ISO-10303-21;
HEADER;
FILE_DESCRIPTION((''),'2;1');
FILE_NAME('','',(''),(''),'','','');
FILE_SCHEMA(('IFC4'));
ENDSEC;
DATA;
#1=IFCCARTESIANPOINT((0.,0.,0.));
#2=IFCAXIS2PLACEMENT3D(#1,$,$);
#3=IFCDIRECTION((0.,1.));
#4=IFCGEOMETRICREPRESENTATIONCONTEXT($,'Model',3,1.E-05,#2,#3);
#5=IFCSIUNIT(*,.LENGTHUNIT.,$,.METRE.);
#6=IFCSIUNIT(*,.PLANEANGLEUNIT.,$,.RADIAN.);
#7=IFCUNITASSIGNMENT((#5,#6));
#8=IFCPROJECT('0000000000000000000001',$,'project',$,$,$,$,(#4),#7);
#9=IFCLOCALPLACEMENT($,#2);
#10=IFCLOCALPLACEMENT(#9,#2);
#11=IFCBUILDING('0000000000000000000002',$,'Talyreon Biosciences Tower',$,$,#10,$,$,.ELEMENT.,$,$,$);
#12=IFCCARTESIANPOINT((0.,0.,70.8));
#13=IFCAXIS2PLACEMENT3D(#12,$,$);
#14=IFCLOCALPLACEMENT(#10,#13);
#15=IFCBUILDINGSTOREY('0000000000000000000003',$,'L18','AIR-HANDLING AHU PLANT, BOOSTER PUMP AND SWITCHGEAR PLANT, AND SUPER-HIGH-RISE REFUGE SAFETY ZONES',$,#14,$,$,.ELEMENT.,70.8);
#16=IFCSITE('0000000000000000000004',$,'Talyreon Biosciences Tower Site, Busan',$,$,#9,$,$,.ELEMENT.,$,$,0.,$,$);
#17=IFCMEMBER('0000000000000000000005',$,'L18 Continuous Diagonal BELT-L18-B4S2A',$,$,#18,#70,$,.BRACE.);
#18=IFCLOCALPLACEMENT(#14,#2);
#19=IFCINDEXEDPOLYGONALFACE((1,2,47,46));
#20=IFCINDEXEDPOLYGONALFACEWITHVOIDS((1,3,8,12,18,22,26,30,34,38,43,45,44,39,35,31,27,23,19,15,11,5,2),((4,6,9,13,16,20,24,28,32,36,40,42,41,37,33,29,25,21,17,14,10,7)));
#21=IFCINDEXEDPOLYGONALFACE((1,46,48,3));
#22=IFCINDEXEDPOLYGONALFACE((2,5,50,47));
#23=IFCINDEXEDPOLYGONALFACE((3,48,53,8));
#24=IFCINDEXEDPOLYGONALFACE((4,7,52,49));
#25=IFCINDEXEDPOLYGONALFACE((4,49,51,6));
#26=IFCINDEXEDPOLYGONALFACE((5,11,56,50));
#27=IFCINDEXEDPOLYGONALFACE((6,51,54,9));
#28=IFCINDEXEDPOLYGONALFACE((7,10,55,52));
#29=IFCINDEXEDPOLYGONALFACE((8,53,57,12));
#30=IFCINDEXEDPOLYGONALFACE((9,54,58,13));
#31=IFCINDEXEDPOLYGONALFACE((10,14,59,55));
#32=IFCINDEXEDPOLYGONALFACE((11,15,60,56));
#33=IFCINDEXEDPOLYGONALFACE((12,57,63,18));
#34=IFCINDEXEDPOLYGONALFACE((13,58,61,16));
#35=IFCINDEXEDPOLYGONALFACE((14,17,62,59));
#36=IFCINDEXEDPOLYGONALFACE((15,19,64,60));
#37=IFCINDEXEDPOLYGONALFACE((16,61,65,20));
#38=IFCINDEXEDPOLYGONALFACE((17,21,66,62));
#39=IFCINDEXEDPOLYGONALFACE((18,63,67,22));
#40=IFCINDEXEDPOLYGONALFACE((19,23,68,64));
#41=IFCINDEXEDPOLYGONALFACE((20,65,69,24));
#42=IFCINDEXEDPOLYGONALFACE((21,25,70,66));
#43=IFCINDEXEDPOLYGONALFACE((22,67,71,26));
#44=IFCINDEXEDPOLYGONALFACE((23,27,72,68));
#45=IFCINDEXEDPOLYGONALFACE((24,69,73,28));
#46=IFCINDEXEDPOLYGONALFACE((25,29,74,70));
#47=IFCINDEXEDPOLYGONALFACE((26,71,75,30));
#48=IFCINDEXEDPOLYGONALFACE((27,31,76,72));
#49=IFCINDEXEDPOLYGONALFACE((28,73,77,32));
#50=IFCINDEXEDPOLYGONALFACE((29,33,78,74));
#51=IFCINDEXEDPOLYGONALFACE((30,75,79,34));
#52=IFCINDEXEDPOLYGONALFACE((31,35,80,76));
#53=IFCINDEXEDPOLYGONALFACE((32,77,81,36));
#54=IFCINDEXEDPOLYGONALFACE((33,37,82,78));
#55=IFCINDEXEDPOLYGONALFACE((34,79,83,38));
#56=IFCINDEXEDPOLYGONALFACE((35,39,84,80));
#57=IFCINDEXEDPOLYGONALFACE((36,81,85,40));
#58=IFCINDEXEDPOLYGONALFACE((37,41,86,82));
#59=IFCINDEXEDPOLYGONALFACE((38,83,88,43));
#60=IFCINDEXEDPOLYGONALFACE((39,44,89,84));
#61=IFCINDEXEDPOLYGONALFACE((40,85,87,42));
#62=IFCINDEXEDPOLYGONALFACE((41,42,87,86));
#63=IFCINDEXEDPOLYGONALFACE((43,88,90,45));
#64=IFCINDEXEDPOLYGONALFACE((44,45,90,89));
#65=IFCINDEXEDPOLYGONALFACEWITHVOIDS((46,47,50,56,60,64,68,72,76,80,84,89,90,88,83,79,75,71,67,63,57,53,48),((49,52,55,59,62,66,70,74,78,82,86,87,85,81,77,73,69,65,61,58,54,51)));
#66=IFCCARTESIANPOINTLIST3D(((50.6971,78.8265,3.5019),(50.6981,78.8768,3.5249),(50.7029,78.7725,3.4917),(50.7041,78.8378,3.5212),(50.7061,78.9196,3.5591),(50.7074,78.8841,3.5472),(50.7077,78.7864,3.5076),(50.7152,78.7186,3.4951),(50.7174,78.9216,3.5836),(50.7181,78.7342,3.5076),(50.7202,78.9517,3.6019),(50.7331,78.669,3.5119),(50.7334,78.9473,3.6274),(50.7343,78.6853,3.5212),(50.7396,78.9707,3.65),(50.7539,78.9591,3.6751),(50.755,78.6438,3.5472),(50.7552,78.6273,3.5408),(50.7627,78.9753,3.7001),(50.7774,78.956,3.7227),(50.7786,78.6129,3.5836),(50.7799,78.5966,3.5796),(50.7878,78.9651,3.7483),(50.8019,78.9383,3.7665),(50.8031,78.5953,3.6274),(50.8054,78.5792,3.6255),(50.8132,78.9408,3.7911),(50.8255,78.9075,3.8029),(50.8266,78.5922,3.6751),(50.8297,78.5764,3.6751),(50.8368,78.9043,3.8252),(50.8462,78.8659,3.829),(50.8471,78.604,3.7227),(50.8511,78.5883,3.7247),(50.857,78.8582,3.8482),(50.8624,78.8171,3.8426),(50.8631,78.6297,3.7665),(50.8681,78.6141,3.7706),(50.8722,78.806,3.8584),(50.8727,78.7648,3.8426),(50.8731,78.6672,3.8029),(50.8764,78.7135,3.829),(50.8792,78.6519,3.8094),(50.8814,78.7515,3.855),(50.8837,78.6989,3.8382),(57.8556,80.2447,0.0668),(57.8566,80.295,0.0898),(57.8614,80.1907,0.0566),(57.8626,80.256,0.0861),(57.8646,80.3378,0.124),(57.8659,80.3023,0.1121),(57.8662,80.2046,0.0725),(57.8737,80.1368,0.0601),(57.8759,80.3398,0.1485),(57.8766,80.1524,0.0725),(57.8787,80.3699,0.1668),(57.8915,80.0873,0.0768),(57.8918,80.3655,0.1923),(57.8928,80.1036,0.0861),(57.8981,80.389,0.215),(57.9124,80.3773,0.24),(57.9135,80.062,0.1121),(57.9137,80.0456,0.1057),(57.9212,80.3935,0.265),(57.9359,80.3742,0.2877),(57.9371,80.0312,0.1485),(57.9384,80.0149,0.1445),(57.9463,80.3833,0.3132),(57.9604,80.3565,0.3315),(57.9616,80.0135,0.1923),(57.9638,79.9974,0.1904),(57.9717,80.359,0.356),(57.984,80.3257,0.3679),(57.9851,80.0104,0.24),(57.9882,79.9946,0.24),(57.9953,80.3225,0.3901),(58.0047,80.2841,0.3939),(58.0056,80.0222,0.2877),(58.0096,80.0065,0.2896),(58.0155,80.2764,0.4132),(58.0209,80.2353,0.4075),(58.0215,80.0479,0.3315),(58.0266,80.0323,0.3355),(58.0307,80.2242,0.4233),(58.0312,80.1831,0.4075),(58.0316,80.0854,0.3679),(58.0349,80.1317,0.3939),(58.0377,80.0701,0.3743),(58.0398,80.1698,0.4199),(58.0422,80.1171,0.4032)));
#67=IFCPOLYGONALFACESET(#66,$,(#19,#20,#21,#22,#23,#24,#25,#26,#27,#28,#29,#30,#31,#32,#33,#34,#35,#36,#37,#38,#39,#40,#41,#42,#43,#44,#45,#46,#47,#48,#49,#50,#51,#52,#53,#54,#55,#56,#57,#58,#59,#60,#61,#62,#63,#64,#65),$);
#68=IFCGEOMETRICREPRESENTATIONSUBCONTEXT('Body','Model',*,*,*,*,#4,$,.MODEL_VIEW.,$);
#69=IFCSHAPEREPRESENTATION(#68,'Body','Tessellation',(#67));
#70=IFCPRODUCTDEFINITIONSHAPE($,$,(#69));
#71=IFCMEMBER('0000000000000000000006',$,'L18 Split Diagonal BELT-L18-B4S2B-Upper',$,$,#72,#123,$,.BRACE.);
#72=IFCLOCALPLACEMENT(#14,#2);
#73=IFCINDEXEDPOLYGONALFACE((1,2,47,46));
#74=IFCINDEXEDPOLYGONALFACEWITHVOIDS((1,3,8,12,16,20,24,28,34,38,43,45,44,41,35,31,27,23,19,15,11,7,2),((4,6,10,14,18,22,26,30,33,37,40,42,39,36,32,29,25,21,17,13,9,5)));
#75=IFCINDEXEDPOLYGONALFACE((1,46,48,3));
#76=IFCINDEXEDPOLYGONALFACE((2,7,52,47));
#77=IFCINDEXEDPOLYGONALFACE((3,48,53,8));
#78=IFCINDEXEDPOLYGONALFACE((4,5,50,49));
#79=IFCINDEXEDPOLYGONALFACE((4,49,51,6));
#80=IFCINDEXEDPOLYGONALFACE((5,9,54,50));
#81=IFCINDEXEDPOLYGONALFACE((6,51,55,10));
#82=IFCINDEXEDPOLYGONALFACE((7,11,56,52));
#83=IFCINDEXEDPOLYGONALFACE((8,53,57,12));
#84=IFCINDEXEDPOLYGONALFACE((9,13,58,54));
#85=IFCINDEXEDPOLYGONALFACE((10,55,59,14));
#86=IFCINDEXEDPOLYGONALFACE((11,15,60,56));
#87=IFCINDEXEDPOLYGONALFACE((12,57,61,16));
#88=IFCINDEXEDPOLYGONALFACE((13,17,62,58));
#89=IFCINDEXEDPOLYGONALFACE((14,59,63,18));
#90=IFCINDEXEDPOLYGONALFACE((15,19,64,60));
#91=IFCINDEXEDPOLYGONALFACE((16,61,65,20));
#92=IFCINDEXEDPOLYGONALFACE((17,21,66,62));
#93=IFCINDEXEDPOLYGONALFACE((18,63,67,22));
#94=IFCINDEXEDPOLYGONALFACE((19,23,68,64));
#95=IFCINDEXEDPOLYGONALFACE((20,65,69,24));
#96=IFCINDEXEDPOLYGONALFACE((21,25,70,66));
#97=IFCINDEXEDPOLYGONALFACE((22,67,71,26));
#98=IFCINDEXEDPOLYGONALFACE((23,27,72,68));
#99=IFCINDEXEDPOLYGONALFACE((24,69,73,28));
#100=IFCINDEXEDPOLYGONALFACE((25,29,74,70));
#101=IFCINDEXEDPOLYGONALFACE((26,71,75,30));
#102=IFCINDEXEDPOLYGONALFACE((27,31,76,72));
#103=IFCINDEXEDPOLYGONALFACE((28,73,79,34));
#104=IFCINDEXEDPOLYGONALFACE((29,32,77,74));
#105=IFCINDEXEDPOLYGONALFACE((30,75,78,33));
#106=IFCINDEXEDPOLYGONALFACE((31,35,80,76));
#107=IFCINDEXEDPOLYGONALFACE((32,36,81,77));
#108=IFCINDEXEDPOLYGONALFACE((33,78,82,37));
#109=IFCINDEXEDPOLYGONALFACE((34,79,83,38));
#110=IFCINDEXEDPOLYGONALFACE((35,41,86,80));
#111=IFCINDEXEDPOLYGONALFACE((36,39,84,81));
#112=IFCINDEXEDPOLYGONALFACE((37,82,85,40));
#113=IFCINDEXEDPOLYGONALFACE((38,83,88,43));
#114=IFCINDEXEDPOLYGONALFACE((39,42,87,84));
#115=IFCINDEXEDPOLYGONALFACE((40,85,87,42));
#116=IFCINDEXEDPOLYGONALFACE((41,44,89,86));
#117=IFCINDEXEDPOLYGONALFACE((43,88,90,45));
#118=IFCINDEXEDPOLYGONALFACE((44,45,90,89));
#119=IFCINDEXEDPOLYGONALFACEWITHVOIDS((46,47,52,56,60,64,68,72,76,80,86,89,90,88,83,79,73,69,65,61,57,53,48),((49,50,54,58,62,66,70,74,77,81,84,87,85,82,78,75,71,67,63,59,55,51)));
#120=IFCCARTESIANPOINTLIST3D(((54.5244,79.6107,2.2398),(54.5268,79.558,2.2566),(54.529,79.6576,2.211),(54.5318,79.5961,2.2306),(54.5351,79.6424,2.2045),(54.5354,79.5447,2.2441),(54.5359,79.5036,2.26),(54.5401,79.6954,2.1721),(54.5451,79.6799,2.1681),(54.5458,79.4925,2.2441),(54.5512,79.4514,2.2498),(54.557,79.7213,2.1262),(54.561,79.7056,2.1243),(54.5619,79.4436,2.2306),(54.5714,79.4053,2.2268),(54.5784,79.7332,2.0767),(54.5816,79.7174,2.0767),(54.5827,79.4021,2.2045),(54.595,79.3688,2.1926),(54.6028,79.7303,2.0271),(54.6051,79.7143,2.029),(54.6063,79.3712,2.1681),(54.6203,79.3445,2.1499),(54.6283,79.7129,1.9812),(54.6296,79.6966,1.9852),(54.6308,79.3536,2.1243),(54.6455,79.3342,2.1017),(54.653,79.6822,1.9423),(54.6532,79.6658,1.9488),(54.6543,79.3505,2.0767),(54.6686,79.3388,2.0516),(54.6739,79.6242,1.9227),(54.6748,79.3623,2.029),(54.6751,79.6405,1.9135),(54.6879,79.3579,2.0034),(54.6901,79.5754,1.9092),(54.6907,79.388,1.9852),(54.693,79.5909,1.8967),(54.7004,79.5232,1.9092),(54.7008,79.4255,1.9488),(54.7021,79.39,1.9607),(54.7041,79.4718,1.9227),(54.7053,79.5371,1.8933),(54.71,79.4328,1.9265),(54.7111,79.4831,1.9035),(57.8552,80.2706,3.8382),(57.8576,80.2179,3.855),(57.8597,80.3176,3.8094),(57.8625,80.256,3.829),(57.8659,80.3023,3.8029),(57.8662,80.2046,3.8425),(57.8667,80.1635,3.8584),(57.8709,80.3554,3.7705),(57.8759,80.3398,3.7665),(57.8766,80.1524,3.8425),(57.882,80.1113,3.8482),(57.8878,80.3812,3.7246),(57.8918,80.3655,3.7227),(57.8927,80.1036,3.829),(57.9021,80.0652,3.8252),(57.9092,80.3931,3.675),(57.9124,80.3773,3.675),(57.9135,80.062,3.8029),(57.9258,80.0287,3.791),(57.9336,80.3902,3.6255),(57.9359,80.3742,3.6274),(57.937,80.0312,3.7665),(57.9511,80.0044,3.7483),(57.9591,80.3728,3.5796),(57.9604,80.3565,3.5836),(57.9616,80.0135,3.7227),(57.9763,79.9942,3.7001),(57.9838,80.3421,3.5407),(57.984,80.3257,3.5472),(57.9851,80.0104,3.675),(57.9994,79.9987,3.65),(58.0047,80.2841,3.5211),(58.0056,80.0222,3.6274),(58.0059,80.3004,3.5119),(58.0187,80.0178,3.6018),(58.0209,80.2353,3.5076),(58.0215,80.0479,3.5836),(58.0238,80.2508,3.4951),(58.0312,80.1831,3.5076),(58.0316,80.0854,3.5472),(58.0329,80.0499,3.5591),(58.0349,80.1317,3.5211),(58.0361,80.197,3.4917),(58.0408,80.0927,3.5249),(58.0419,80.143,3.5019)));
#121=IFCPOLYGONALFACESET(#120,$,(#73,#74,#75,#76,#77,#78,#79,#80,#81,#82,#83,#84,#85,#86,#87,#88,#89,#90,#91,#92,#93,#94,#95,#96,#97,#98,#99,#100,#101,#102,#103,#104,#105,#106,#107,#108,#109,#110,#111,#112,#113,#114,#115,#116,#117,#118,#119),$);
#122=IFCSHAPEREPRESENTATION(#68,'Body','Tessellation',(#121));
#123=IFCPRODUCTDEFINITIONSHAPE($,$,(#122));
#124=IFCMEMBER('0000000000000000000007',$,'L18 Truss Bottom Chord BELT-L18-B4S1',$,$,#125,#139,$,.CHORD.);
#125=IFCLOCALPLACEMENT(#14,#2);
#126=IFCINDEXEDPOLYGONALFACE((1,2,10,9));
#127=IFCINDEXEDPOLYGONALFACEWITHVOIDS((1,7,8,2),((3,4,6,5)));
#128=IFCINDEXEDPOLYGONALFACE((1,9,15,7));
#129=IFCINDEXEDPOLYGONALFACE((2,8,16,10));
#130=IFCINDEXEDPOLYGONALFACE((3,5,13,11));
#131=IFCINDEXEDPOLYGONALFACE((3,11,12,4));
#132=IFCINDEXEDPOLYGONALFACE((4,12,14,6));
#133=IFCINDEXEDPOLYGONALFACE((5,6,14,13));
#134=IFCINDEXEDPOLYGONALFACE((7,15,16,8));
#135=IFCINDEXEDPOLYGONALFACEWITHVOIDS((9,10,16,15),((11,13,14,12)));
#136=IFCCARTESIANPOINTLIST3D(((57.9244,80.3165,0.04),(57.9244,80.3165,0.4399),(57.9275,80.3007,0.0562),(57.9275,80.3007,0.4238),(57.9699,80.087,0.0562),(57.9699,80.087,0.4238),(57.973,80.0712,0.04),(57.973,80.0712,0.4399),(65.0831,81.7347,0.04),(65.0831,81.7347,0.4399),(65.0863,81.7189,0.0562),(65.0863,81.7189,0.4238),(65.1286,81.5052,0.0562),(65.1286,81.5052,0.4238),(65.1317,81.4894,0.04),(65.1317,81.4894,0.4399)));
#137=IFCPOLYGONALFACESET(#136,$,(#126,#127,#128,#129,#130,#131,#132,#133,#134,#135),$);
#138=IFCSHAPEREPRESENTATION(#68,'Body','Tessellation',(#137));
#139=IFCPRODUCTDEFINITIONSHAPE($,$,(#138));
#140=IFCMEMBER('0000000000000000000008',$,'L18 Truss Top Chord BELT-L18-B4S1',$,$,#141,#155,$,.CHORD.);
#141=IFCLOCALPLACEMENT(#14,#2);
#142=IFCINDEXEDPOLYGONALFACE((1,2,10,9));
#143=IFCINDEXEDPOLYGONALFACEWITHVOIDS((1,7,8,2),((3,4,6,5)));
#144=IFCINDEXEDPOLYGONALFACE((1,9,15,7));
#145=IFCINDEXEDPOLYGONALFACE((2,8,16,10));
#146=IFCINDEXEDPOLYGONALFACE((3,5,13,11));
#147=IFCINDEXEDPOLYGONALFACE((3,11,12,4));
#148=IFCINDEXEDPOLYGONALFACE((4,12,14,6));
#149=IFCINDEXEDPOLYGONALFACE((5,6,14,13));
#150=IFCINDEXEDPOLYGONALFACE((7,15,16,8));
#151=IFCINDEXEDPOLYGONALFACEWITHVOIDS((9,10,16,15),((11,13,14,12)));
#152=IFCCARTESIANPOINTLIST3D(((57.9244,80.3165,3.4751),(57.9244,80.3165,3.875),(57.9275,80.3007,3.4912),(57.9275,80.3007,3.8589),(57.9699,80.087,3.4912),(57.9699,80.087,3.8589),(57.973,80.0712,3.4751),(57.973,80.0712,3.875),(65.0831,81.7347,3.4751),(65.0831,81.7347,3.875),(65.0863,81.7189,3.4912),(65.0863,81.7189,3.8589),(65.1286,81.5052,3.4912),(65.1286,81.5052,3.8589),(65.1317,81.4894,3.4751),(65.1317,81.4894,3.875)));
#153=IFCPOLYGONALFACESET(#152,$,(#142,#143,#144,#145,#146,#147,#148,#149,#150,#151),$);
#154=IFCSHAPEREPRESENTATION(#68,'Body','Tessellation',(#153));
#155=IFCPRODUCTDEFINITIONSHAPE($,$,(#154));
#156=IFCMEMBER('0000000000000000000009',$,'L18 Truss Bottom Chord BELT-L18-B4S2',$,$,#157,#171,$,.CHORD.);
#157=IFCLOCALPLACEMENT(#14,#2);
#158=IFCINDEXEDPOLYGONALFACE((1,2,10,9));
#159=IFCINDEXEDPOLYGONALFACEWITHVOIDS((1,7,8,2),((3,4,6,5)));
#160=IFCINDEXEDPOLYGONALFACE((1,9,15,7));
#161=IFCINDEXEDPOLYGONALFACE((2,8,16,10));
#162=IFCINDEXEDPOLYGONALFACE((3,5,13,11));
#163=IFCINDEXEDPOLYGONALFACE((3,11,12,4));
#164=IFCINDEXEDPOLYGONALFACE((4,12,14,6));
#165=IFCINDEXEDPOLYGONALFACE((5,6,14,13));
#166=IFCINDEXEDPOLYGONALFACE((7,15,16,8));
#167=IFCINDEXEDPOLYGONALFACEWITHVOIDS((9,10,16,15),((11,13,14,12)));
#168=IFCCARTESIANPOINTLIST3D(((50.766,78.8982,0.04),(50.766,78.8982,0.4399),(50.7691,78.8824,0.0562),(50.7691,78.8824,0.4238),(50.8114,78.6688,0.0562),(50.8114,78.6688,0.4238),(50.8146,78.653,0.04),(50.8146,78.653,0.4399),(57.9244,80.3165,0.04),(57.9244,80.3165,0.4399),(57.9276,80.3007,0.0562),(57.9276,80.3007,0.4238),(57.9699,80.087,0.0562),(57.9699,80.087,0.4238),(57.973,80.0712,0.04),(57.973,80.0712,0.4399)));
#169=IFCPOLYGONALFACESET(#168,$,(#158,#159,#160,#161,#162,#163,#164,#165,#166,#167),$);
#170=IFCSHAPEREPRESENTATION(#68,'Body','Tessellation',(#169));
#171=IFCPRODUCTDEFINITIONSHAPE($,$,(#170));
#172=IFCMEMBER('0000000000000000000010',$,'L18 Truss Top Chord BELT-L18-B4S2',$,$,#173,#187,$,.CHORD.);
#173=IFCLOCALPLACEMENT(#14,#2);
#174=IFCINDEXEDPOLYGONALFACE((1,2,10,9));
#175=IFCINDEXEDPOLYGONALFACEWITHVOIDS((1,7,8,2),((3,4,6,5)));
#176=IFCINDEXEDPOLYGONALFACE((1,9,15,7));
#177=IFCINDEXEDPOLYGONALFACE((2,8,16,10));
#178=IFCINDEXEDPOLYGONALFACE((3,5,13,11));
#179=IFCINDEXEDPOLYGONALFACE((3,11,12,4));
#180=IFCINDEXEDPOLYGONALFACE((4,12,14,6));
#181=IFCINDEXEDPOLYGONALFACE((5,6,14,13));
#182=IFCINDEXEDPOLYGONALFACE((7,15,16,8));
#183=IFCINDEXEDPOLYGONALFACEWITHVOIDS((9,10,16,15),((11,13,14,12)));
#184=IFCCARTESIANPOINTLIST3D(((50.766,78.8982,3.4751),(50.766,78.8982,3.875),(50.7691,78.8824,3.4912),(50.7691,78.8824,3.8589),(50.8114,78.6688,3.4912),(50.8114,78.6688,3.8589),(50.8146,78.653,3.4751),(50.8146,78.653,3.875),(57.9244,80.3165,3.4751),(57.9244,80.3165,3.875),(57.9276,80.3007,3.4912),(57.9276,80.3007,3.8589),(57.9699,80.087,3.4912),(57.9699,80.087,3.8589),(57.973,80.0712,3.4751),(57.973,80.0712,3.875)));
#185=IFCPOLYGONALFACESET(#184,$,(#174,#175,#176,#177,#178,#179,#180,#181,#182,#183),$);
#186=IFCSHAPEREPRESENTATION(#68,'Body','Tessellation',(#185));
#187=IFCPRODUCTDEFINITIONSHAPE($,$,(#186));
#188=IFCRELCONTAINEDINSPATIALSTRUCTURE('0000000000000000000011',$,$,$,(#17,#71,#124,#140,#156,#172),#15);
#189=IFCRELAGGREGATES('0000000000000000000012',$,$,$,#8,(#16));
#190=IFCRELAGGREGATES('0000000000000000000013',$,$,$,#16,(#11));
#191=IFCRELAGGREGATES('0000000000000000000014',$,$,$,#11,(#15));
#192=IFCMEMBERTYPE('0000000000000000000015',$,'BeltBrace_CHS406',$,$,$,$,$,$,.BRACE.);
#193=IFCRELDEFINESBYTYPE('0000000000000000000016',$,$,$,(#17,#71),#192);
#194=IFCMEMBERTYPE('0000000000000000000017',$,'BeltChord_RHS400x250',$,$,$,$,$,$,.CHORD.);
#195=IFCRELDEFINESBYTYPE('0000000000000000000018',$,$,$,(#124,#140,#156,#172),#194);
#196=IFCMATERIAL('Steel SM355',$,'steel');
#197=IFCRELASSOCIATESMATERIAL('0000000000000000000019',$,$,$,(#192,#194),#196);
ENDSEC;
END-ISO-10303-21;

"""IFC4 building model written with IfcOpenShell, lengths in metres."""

from ifc_helpers import new_model, si_unit, direction, frame, origin, origin_2d, place, context, subcontext, project, spatial, hollow_rectangle, hollow_circle, extrude, material, material_profile, profile_set, type_object, element, save


model = new_model("IFC4")

# Units and contexts
model_context = context("Model", 3, precision=1e-05, world=origin(), true_north=direction((0.0, 1.0)))
body_context = subcontext(model_context, "Body", "Model", "MODEL_VIEW")
ifc_project = project(units=[si_unit("LENGTHUNIT", "METRE"), si_unit("PLANEANGLEUNIT", "RADIAN")], contexts=[model_context])

# Site, building, storey
site_placement = place(None, origin())
site = spatial("IfcSite", under=ifc_project, at=site_placement, Name="Talyreon Biosciences Tower Site, Busan", CompositionType="ELEMENT", RefElevation=0.0)
building_placement = place(site_placement, origin())
building = spatial("IfcBuilding", under=site, at=building_placement, Name="Talyreon Biosciences Tower", CompositionType="ELEMENT")
storey_placement = place(building_placement, frame((0.0, 0.0, 70.8)))
storey = spatial("IfcBuildingStorey", under=building, at=storey_placement, Name="L18", Description="AIR-HANDLING AHU PLANT, BOOSTER PUMP AND SWITCHGEAR PLANT, AND SUPER-HIGH-RISE REFUGE SAFETY ZONES", CompositionType="ELEMENT", Elevation=70.8)

# Members
ifc_material_1 = material(Name="Steel SM355", Category="steel")
ifc_material_profile_1 = material_profile(ifc_material_1, hollow_circle(Radius=0.2031, WallThickness=0.0161, at=origin_2d()), Name="CHS 406.4x16")
ifc_profile_set_1 = profile_set([ifc_material_profile_1], Name="Steel SM355")
member_type_1 = type_object("IfcMemberType", Name="BeltBrace_CHS406", PredefinedType="BRACE", material=ifc_profile_set_1)
member_1_placement = place(storey_placement, frame((57.9487, 80.1938, 0.24), z_axis=(-0.887525, -0.175834, 0.425889), x_axis=(0.19434, -0.980934, 0.0)))
element("IfcMember", 1, at=member_1_placement, inside=storey, type_object=member_type_1, Name="L18 Continuous Diagonal BELT-L18-B4S2A", PredefinedType="BRACE", context=body_context, shape_type="SweptSolid", body=[
    extrude(hollow_circle(Radius=0.2031, WallThickness=0.0161, at=origin_2d()), origin(), (0.0, 0.0, 1.0), 8.0657),
])
member_2_placement = place(storey_placement, frame((54.6179, 79.5339, 2.0767), z_axis=(0.887518, 0.175838, 0.425902), x_axis=(-0.194346, 0.980933, 0.0)))
element("IfcMember", 2, at=member_2_placement, inside=storey, type_object=member_type_1, Name="L18 Split Diagonal BELT-L18-B4S2B-Upper", PredefinedType="BRACE", context=body_context, shape_type="SweptSolid", body=[
    extrude(hollow_circle(Radius=0.2031, WallThickness=0.0161, at=origin_2d()), origin(), (0.0, 0.0, 1.0), 3.7529),
])
ifc_material_profile_2 = material_profile(ifc_material_1, hollow_rectangle(XDim=0.25, YDim=0.3999, WallThickness=0.0161, at=origin_2d()), Name="RHS 400x250x16")
ifc_profile_set_2 = profile_set([ifc_material_profile_2], Name="Steel SM355")
member_type_2 = type_object("IfcMemberType", Name="BeltChord_RHS400x250", PredefinedType="CHORD", material=ifc_profile_set_2)
for number, where, z_axis, x_axis, name in (
    (3, (65.1074, 81.6121, 0.24), (-0.980935, -0.194334, 0.0), (0.194334, -0.980935, 0.0), "L18 Truss Bottom Chord BELT-L18-B4S1"),
    (4, (65.1074, 81.6121, 3.675), (-0.980935, -0.194334, 0.0), (0.194334, -0.980935, 0.0), "L18 Truss Top Chord BELT-L18-B4S1"),
):
    element("IfcMember", number, at=place(storey_placement, frame(where, z_axis=z_axis, x_axis=x_axis)), inside=storey, type_object=member_type_2, Name=name, PredefinedType="CHORD", context=body_context, shape_type="SweptSolid", body=[
        extrude(hollow_rectangle(XDim=0.25, YDim=0.3999, WallThickness=0.0161, at=origin_2d()), origin(), (0.0, 0.0, 1.0), 7.2979),
    ])
for number, where, z_axis, x_axis, name in (
    (5, (57.9487, 80.1938, 0.24), (-0.980934, -0.19434, 0.0), (0.19434, -0.980934, 0.0), "L18 Truss Bottom Chord BELT-L18-B4S2"),
    (6, (57.9487, 80.1938, 3.675), (-0.980934, -0.19434, 0.0), (0.19434, -0.980934, 0.0), "L18 Truss Top Chord BELT-L18-B4S2"),
):
    element("IfcMember", number, at=place(storey_placement, frame(where, z_axis=z_axis, x_axis=x_axis)), inside=storey, type_object=member_type_2, Name=name, PredefinedType="CHORD", context=body_context, shape_type="SweptSolid", body=[
        extrude(hollow_rectangle(XDim=0.25, YDim=0.3999, WallThickness=0.0161, at=origin_2d()), origin(), (0.0, 0.0, 1.0), 7.2976),
    ])

save(model, "model.ifc")
